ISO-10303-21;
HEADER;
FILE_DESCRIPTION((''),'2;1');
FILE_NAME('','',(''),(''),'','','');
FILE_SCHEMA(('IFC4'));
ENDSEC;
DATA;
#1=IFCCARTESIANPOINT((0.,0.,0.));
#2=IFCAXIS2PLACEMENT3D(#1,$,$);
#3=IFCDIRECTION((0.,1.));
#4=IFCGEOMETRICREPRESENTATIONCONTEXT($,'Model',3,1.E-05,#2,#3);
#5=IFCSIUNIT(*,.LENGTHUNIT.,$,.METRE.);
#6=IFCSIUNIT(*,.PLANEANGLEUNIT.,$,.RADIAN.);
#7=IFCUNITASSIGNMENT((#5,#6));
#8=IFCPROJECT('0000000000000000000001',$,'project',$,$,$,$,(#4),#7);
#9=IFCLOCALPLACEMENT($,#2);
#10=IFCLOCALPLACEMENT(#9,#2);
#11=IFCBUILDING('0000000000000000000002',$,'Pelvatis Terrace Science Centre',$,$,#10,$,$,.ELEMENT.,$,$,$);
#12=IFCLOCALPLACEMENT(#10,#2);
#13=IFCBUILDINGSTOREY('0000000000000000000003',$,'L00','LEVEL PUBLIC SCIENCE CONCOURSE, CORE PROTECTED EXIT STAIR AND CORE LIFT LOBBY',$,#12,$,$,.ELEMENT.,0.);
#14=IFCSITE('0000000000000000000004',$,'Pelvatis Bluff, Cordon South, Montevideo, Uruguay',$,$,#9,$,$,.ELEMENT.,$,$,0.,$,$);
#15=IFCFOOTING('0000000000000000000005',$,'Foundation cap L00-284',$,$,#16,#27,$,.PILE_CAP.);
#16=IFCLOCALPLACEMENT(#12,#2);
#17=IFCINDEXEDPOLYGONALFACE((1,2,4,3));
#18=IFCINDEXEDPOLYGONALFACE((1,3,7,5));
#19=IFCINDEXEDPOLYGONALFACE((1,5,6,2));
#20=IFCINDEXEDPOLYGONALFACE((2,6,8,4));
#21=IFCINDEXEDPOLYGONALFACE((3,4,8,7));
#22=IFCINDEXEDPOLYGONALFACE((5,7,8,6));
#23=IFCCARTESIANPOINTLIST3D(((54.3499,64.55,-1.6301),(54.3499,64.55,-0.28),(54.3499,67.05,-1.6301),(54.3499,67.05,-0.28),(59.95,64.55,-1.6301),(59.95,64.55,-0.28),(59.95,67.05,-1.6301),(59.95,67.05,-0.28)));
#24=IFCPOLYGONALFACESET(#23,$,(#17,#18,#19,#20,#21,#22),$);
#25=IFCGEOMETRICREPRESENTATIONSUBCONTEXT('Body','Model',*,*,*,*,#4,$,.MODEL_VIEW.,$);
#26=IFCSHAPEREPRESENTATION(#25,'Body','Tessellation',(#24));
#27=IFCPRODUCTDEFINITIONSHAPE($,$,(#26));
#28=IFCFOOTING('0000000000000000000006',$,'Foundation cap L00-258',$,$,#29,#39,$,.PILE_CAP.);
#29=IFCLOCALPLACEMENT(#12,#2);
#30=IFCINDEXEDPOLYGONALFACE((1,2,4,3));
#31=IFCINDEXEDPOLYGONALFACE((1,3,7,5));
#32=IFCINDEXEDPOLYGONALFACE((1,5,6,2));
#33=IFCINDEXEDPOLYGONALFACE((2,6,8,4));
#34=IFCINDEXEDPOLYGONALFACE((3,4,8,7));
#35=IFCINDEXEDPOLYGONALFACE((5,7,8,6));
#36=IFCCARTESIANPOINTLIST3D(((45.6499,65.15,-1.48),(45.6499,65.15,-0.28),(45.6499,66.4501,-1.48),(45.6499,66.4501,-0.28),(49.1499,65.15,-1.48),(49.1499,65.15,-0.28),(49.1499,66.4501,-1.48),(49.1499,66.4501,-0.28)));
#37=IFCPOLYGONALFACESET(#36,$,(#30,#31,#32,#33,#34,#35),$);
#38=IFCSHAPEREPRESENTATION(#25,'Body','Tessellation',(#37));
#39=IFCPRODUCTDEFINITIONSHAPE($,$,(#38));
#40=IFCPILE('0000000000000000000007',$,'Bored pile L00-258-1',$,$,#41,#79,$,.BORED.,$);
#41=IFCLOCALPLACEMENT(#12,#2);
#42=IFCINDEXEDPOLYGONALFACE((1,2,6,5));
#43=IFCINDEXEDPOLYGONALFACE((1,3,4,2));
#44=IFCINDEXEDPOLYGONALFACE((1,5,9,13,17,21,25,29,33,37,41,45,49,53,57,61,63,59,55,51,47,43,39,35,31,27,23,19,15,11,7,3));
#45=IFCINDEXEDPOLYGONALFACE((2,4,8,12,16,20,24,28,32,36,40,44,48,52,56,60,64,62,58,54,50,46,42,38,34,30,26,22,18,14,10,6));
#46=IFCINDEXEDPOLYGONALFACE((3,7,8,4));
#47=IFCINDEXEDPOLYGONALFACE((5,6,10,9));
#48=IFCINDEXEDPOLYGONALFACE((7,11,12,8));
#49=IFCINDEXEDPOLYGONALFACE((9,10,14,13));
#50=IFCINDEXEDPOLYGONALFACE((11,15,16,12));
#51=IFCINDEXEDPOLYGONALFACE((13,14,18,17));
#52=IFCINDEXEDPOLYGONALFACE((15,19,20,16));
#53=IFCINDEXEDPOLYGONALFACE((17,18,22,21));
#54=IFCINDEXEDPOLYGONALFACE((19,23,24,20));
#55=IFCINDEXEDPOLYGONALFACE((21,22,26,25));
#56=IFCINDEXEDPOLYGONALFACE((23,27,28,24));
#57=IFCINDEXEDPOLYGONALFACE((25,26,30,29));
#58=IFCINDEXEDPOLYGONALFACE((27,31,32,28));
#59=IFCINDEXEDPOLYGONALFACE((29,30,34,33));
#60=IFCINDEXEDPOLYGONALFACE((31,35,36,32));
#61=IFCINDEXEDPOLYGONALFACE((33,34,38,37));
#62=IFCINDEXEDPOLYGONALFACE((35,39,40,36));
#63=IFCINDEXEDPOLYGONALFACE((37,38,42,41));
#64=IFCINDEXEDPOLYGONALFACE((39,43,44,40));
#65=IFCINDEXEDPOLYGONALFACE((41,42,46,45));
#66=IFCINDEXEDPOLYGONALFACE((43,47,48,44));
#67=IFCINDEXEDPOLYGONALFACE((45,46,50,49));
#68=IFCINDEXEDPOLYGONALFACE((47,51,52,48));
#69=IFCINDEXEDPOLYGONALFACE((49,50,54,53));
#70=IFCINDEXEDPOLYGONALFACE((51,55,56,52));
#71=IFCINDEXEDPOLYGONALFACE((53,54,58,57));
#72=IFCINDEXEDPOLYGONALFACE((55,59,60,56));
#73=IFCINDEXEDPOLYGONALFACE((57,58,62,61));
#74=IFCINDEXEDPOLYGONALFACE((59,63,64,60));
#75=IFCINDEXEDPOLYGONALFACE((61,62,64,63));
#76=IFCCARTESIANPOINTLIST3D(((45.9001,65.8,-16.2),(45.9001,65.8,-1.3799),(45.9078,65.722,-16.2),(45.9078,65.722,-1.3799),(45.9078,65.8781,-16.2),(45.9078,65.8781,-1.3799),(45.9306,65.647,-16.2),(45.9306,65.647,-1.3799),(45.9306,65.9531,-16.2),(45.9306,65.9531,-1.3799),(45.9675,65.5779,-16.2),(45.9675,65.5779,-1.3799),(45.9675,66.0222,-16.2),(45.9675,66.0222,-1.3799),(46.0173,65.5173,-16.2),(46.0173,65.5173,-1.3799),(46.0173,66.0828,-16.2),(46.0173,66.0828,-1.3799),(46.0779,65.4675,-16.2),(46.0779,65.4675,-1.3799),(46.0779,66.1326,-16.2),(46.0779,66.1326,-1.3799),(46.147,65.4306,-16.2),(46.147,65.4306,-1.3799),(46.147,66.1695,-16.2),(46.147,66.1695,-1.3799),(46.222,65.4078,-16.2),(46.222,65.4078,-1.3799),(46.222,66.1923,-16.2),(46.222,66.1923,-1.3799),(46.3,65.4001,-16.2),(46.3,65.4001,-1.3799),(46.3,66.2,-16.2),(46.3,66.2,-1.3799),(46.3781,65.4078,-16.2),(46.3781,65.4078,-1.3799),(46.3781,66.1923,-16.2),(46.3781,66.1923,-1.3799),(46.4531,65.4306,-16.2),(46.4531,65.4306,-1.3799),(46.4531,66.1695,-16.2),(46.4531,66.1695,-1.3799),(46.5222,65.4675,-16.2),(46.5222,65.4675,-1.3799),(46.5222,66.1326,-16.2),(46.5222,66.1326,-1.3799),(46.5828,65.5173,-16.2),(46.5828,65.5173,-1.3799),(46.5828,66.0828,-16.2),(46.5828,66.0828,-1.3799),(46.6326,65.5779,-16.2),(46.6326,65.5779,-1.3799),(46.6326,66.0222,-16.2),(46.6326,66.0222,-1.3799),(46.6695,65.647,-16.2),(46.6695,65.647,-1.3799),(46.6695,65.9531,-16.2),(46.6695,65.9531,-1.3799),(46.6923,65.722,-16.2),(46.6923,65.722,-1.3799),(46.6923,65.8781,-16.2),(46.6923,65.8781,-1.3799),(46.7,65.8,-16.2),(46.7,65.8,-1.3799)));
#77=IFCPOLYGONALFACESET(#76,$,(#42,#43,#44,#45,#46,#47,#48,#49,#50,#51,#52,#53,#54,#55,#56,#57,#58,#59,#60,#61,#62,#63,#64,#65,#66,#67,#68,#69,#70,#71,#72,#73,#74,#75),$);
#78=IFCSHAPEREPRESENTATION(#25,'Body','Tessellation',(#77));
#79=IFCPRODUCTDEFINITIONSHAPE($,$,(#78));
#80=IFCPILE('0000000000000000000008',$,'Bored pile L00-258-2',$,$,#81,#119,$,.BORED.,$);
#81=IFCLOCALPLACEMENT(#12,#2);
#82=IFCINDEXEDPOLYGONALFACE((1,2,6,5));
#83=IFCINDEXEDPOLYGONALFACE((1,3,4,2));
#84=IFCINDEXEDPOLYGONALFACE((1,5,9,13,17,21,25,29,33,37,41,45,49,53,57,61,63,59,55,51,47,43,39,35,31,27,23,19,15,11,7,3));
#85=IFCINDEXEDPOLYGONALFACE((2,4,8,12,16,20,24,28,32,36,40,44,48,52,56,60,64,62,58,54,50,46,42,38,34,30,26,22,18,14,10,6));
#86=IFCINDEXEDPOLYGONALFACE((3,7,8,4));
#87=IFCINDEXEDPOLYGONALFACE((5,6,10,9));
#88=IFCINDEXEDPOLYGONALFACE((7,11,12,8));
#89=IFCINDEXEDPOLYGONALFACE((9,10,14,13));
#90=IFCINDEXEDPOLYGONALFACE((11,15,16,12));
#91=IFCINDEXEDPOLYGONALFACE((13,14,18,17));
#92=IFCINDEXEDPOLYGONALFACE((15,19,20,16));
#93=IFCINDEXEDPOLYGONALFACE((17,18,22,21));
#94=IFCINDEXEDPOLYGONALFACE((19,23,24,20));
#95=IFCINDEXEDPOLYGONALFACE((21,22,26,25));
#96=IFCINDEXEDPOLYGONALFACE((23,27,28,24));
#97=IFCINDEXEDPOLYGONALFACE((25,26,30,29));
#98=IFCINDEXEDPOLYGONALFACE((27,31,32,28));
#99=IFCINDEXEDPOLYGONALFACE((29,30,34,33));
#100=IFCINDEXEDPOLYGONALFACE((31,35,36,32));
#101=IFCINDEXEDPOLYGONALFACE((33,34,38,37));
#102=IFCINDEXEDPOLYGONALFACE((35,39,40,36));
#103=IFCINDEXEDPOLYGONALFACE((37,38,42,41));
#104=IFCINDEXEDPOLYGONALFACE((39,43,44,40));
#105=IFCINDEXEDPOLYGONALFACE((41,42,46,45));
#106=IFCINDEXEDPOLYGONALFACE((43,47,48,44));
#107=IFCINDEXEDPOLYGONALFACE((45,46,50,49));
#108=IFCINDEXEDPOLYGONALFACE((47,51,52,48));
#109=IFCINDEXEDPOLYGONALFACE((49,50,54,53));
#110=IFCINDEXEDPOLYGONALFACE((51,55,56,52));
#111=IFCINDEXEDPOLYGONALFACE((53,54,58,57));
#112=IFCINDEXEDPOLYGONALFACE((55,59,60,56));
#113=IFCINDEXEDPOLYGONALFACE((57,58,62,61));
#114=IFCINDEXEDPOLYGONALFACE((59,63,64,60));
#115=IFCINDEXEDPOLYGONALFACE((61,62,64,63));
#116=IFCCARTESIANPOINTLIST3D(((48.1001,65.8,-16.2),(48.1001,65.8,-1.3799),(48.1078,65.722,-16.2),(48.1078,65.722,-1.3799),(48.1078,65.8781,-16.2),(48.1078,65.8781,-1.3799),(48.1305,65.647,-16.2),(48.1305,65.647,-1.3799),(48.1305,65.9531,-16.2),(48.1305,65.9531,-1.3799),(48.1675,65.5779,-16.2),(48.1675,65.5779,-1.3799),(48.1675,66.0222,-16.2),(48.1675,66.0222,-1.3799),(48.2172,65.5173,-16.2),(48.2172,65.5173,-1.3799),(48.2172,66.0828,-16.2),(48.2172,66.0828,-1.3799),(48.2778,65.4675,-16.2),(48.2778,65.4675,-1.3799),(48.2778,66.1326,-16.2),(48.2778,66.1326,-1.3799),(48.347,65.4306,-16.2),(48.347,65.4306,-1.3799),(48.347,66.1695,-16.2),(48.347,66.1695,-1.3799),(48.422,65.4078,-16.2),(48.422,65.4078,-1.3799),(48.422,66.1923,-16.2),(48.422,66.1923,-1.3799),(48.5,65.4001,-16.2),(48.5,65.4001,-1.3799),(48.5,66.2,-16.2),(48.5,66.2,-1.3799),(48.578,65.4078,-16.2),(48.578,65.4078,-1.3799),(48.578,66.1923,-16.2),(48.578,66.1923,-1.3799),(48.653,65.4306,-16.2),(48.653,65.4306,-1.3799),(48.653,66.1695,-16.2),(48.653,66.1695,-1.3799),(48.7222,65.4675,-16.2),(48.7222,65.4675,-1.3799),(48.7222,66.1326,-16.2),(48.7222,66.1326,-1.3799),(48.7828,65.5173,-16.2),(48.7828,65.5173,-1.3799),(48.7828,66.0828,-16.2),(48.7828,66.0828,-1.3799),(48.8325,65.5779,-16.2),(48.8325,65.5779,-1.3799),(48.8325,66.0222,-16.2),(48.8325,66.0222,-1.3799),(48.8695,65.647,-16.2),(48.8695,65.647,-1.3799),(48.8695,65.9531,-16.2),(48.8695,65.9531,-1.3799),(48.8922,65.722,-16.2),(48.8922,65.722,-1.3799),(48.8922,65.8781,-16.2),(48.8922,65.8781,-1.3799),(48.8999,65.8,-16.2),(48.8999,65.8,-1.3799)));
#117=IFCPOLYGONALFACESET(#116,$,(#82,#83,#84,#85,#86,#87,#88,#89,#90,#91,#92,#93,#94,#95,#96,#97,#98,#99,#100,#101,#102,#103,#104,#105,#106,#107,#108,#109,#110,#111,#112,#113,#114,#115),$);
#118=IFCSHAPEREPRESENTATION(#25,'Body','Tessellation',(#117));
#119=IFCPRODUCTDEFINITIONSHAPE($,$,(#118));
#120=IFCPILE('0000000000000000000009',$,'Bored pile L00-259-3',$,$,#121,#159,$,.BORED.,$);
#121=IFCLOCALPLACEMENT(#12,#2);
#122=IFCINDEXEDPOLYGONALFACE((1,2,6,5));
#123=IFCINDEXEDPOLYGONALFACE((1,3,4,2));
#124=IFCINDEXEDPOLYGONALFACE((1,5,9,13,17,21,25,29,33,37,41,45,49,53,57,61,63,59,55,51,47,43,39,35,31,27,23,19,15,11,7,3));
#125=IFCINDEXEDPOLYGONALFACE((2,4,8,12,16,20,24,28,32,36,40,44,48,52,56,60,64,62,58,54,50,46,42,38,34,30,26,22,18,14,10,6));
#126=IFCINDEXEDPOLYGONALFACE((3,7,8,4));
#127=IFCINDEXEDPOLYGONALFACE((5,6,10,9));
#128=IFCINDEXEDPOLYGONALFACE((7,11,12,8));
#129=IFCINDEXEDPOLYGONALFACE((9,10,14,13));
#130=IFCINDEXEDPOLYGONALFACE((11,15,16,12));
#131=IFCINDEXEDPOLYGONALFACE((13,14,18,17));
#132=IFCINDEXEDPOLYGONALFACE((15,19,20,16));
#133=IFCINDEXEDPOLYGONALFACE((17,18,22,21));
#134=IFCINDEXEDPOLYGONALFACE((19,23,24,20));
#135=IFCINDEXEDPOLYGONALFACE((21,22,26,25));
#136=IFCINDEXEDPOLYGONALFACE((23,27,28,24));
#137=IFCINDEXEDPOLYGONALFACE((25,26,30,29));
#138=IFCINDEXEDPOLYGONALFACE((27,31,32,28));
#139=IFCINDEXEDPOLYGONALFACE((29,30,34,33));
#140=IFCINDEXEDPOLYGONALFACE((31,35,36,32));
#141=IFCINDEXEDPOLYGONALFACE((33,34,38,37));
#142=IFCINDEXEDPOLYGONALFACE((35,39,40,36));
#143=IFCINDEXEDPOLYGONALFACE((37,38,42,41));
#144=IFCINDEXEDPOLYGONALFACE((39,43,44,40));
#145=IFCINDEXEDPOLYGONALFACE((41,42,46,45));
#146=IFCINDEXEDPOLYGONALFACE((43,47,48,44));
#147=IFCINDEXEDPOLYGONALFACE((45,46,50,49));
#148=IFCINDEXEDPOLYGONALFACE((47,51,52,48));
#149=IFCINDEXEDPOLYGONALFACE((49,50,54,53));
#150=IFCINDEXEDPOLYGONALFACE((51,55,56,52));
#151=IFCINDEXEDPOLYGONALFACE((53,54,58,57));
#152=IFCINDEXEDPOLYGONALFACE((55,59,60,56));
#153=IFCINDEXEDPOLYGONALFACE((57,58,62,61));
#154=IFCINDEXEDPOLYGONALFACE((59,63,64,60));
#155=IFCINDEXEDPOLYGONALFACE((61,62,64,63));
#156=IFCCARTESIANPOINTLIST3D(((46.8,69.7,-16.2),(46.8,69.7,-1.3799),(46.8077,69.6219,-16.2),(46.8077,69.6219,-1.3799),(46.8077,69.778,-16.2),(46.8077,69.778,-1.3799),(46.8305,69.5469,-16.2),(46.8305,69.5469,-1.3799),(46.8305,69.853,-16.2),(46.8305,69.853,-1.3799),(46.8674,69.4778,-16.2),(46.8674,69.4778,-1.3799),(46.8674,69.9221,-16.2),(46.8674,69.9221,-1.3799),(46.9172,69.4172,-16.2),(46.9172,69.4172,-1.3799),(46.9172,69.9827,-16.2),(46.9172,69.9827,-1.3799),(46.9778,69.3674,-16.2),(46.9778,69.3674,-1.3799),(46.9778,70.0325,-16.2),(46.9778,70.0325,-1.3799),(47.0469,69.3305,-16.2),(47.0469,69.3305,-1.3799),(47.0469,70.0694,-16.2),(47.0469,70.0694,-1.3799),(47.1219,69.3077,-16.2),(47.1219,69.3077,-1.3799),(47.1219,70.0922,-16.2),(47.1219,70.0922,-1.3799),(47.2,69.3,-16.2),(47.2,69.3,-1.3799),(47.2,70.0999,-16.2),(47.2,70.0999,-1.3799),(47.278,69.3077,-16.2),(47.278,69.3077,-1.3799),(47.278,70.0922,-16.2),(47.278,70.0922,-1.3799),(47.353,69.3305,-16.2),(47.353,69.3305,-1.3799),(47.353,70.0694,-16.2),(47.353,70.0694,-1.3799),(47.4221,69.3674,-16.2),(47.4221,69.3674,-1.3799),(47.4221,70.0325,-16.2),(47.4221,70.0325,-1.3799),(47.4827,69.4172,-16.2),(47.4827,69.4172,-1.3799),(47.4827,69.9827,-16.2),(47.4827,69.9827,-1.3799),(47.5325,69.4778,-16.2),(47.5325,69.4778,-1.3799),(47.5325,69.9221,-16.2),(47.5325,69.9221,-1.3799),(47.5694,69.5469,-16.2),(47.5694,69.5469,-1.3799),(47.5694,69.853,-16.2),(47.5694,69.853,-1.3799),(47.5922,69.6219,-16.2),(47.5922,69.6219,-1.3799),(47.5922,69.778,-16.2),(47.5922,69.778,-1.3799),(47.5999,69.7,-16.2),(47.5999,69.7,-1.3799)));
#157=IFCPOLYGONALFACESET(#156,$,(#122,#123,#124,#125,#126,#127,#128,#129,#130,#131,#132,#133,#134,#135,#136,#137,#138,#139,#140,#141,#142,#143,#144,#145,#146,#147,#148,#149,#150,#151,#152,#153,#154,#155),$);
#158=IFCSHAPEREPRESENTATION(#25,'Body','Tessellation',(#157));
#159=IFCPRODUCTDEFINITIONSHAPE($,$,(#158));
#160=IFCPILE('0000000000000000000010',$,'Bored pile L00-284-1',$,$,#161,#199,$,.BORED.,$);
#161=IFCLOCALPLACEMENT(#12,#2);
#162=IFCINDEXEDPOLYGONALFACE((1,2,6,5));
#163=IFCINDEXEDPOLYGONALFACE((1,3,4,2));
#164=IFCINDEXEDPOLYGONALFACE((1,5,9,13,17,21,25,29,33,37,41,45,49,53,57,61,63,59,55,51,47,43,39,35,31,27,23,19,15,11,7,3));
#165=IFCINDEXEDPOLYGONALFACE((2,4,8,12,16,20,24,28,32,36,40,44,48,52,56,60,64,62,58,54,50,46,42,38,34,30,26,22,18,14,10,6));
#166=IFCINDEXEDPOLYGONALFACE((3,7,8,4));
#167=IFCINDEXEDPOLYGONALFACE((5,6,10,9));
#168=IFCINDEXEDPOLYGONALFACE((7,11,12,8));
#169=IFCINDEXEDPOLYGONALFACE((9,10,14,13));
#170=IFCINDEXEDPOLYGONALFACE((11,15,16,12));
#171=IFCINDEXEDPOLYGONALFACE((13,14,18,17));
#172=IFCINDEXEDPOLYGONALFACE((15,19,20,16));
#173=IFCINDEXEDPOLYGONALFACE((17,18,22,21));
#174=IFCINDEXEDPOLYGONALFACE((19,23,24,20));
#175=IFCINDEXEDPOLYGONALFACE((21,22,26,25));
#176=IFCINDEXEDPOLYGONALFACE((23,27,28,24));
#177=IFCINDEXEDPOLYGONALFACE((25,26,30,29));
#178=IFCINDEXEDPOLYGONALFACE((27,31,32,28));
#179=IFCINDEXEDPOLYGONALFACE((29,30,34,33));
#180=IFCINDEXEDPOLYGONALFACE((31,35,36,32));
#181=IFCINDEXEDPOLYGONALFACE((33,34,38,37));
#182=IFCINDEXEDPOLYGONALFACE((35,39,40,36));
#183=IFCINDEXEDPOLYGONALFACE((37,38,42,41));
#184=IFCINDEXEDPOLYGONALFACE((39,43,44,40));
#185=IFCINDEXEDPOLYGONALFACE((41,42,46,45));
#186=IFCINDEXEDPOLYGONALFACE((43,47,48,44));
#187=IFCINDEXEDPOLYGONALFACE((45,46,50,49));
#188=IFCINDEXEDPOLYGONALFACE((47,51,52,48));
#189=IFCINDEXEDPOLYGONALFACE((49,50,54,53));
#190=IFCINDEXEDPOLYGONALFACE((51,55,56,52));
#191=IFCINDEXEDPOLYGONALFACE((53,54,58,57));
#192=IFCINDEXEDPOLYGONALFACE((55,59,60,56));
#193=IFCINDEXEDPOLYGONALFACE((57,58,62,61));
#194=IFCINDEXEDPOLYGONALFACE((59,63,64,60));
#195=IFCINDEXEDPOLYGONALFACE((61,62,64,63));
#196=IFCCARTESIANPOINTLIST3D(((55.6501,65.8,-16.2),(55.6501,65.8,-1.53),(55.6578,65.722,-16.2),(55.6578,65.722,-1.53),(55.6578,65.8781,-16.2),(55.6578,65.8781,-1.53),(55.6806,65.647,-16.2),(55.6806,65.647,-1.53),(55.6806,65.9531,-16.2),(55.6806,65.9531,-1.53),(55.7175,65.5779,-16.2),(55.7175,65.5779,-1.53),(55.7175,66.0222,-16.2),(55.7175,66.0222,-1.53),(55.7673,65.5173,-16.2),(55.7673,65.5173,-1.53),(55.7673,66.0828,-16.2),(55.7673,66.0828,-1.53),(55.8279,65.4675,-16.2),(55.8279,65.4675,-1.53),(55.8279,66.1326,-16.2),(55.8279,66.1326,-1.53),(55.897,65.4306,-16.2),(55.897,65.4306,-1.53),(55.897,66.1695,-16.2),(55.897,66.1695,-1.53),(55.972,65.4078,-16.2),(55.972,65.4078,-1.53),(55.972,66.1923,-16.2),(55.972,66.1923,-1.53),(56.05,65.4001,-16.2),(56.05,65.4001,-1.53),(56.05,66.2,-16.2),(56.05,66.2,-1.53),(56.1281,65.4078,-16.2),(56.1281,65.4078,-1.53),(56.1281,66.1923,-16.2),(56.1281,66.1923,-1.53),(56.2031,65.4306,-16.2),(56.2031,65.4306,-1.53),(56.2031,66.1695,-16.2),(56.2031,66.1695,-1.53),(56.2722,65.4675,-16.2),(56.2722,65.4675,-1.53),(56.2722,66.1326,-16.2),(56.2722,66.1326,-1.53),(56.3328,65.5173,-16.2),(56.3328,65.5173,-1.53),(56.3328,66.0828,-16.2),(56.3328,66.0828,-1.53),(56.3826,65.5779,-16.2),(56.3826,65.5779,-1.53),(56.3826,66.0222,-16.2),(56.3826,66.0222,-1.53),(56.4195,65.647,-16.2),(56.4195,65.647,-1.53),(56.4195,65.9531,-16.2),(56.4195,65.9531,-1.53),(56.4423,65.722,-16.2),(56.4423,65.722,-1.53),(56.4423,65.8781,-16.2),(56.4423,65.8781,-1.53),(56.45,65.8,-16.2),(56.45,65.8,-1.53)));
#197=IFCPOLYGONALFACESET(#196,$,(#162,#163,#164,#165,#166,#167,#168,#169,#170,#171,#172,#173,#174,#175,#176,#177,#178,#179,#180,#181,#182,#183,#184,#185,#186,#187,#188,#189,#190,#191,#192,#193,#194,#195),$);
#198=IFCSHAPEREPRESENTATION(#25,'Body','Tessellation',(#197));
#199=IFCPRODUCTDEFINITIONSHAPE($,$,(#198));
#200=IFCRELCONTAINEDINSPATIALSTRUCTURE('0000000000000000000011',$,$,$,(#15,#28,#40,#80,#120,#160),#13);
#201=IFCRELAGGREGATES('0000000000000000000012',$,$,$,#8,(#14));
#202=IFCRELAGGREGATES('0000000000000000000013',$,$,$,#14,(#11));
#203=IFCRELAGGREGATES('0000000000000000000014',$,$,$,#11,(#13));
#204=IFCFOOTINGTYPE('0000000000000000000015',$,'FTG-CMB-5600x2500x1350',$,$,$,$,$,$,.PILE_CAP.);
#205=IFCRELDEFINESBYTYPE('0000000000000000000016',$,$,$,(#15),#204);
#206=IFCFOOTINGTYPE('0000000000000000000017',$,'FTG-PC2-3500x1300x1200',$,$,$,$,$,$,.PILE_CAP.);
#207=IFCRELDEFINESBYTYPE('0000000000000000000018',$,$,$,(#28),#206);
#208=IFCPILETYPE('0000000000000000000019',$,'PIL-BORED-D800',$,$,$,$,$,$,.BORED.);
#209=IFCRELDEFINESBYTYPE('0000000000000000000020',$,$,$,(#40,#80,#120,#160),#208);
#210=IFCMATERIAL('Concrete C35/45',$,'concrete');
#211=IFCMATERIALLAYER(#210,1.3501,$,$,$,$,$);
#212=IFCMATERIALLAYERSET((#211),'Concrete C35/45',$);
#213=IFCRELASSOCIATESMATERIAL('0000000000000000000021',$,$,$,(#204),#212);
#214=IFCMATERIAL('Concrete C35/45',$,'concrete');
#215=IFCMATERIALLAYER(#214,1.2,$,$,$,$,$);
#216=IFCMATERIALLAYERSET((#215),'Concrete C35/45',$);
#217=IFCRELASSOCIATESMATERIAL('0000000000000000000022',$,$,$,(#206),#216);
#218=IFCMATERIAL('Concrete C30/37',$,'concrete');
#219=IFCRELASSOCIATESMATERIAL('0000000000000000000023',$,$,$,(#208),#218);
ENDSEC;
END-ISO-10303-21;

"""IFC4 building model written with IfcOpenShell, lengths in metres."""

from ifc_helpers import new_model, si_unit, direction, frame, origin, origin_2d, place, context, subcontext, project, spatial, rectangle, circle, extrude, material, layer, layer_set, material_profile, profile_set, type_object, element, save


model = new_model("IFC4")

# Units and contexts
model_context = context("Model", 3, precision=1e-05, world=origin(), true_north=direction((0.0, 1.0)))
body_context = subcontext(model_context, "Body", "Model", "MODEL_VIEW")
ifc_project = project(units=[si_unit("LENGTHUNIT", "METRE"), si_unit("PLANEANGLEUNIT", "RADIAN")], contexts=[model_context])

# Site, building, storey
site_placement = place(None, origin())
site = spatial("IfcSite", under=ifc_project, at=site_placement, Name="Pelvatis Bluff, Cordon South, Montevideo, Uruguay", CompositionType="ELEMENT", RefElevation=0.0)
building_placement = place(site_placement, origin())
building = spatial("IfcBuilding", under=site, at=building_placement, Name="Pelvatis Terrace Science Centre", CompositionType="ELEMENT")
storey_placement = place(building_placement, origin())
storey = spatial("IfcBuildingStorey", under=building, at=storey_placement, Name="L00", Description="LEVEL PUBLIC SCIENCE CONCOURSE, CORE PROTECTED EXIT STAIR AND CORE LIFT LOBBY", CompositionType="ELEMENT", Elevation=0.0)

# Footings
ifc_material_1 = material(Name="Concrete C35/45", Category="concrete")
ifc_layer_1 = layer(ifc_material_1, 1.3501)
ifc_layer_set_1 = layer_set([ifc_layer_1], Name="Concrete C35/45")
footing_type_1 = type_object("IfcFootingType", Name="FTG-CMB-5600x2500x1350", PredefinedType="PILE_CAP", material=ifc_layer_set_1)
footing_1_placement = place(storey_placement, frame((57.1499, 65.8, -1.6301), z_axis=(0.0, 0.0, 1.0), x_axis=(1.0, 0.0, 0.0)))
element("IfcFooting", 1, at=footing_1_placement, inside=storey, type_object=footing_type_1, Name="Foundation cap L00-284", PredefinedType="PILE_CAP", context=body_context, shape_type="SweptSolid", body=[
    extrude(rectangle(XDim=5.6001, YDim=2.5, at=origin_2d()), origin(), (0.0, 0.0, 1.0), 1.3501),
])
ifc_material_2 = material(Name="Concrete C35/45", Category="concrete")
ifc_layer_2 = layer(ifc_material_2, 1.2)
ifc_layer_set_2 = layer_set([ifc_layer_2], Name="Concrete C35/45")
footing_type_2 = type_object("IfcFootingType", Name="FTG-PC2-3500x1300x1200", PredefinedType="PILE_CAP", material=ifc_layer_set_2)
footing_2_placement = place(storey_placement, frame((47.3999, 65.8, -1.48), z_axis=(0.0, 0.0, 1.0), x_axis=(1.0, 0.0, 0.0)))
element("IfcFooting", 2, at=footing_2_placement, inside=storey, type_object=footing_type_2, Name="Foundation cap L00-258", PredefinedType="PILE_CAP", context=body_context, shape_type="SweptSolid", body=[
    extrude(rectangle(XDim=3.5, YDim=1.3, at=origin_2d()), origin(), (0.0, 0.0, 1.0), 1.2),
])

# Piles
ifc_material_3 = material(Name="Concrete C30/37", Category="concrete")
ifc_material_profile_1 = material_profile(ifc_material_3, circle(Radius=0.3999, at=origin_2d()), Name="PILE D800")
ifc_profile_set_1 = profile_set([ifc_material_profile_1], Name="Concrete C30/37")
pile_type = type_object("IfcPileType", Name="PIL-BORED-D800", PredefinedType="BORED", material=ifc_profile_set_1)
for number, where, z_axis, x_axis, name in (
    (3, (46.3, 65.8, -1.3799), (0.0, 0.0, -1.0), (1.0, 0.0, 0.0), "Bored pile L00-258-1"),
    (4, (48.5, 65.8, -1.3799), (0.0, 0.0, -1.0), (1.0, 0.0, 0.0), "Bored pile L00-258-2"),
    (5, (47.2, 69.7, -1.3799), (0.0, 0.0, -1.0), (1.0, 0.0, 0.0), "Bored pile L00-259-3"),
):
    element("IfcPile", number, at=place(storey_placement, frame(where, z_axis=z_axis, x_axis=x_axis)), inside=storey, type_object=pile_type, Name=name, PredefinedType="BORED", context=body_context, shape_type="SweptSolid", body=[
        extrude(circle(Radius=0.3999, at=origin_2d()), origin(), (0.0, 0.0, 1.0), 14.8201),
    ])
for number, where, z_axis, x_axis, name in (
    (6, (56.05, 65.8, -1.53), (0.0, 0.0, -1.0), (1.0, 0.0, 0.0), "Bored pile L00-284-1"),
):
    element("IfcPile", number, at=place(storey_placement, frame(where, z_axis=z_axis, x_axis=x_axis)), inside=storey, type_object=pile_type, Name=name, PredefinedType="BORED", context=body_context, shape_type="SweptSolid", body=[
        extrude(circle(Radius=0.3999, at=origin_2d()), origin(), (0.0, 0.0, 1.0), 14.6699),
    ])

save(model, "model.ifc")
